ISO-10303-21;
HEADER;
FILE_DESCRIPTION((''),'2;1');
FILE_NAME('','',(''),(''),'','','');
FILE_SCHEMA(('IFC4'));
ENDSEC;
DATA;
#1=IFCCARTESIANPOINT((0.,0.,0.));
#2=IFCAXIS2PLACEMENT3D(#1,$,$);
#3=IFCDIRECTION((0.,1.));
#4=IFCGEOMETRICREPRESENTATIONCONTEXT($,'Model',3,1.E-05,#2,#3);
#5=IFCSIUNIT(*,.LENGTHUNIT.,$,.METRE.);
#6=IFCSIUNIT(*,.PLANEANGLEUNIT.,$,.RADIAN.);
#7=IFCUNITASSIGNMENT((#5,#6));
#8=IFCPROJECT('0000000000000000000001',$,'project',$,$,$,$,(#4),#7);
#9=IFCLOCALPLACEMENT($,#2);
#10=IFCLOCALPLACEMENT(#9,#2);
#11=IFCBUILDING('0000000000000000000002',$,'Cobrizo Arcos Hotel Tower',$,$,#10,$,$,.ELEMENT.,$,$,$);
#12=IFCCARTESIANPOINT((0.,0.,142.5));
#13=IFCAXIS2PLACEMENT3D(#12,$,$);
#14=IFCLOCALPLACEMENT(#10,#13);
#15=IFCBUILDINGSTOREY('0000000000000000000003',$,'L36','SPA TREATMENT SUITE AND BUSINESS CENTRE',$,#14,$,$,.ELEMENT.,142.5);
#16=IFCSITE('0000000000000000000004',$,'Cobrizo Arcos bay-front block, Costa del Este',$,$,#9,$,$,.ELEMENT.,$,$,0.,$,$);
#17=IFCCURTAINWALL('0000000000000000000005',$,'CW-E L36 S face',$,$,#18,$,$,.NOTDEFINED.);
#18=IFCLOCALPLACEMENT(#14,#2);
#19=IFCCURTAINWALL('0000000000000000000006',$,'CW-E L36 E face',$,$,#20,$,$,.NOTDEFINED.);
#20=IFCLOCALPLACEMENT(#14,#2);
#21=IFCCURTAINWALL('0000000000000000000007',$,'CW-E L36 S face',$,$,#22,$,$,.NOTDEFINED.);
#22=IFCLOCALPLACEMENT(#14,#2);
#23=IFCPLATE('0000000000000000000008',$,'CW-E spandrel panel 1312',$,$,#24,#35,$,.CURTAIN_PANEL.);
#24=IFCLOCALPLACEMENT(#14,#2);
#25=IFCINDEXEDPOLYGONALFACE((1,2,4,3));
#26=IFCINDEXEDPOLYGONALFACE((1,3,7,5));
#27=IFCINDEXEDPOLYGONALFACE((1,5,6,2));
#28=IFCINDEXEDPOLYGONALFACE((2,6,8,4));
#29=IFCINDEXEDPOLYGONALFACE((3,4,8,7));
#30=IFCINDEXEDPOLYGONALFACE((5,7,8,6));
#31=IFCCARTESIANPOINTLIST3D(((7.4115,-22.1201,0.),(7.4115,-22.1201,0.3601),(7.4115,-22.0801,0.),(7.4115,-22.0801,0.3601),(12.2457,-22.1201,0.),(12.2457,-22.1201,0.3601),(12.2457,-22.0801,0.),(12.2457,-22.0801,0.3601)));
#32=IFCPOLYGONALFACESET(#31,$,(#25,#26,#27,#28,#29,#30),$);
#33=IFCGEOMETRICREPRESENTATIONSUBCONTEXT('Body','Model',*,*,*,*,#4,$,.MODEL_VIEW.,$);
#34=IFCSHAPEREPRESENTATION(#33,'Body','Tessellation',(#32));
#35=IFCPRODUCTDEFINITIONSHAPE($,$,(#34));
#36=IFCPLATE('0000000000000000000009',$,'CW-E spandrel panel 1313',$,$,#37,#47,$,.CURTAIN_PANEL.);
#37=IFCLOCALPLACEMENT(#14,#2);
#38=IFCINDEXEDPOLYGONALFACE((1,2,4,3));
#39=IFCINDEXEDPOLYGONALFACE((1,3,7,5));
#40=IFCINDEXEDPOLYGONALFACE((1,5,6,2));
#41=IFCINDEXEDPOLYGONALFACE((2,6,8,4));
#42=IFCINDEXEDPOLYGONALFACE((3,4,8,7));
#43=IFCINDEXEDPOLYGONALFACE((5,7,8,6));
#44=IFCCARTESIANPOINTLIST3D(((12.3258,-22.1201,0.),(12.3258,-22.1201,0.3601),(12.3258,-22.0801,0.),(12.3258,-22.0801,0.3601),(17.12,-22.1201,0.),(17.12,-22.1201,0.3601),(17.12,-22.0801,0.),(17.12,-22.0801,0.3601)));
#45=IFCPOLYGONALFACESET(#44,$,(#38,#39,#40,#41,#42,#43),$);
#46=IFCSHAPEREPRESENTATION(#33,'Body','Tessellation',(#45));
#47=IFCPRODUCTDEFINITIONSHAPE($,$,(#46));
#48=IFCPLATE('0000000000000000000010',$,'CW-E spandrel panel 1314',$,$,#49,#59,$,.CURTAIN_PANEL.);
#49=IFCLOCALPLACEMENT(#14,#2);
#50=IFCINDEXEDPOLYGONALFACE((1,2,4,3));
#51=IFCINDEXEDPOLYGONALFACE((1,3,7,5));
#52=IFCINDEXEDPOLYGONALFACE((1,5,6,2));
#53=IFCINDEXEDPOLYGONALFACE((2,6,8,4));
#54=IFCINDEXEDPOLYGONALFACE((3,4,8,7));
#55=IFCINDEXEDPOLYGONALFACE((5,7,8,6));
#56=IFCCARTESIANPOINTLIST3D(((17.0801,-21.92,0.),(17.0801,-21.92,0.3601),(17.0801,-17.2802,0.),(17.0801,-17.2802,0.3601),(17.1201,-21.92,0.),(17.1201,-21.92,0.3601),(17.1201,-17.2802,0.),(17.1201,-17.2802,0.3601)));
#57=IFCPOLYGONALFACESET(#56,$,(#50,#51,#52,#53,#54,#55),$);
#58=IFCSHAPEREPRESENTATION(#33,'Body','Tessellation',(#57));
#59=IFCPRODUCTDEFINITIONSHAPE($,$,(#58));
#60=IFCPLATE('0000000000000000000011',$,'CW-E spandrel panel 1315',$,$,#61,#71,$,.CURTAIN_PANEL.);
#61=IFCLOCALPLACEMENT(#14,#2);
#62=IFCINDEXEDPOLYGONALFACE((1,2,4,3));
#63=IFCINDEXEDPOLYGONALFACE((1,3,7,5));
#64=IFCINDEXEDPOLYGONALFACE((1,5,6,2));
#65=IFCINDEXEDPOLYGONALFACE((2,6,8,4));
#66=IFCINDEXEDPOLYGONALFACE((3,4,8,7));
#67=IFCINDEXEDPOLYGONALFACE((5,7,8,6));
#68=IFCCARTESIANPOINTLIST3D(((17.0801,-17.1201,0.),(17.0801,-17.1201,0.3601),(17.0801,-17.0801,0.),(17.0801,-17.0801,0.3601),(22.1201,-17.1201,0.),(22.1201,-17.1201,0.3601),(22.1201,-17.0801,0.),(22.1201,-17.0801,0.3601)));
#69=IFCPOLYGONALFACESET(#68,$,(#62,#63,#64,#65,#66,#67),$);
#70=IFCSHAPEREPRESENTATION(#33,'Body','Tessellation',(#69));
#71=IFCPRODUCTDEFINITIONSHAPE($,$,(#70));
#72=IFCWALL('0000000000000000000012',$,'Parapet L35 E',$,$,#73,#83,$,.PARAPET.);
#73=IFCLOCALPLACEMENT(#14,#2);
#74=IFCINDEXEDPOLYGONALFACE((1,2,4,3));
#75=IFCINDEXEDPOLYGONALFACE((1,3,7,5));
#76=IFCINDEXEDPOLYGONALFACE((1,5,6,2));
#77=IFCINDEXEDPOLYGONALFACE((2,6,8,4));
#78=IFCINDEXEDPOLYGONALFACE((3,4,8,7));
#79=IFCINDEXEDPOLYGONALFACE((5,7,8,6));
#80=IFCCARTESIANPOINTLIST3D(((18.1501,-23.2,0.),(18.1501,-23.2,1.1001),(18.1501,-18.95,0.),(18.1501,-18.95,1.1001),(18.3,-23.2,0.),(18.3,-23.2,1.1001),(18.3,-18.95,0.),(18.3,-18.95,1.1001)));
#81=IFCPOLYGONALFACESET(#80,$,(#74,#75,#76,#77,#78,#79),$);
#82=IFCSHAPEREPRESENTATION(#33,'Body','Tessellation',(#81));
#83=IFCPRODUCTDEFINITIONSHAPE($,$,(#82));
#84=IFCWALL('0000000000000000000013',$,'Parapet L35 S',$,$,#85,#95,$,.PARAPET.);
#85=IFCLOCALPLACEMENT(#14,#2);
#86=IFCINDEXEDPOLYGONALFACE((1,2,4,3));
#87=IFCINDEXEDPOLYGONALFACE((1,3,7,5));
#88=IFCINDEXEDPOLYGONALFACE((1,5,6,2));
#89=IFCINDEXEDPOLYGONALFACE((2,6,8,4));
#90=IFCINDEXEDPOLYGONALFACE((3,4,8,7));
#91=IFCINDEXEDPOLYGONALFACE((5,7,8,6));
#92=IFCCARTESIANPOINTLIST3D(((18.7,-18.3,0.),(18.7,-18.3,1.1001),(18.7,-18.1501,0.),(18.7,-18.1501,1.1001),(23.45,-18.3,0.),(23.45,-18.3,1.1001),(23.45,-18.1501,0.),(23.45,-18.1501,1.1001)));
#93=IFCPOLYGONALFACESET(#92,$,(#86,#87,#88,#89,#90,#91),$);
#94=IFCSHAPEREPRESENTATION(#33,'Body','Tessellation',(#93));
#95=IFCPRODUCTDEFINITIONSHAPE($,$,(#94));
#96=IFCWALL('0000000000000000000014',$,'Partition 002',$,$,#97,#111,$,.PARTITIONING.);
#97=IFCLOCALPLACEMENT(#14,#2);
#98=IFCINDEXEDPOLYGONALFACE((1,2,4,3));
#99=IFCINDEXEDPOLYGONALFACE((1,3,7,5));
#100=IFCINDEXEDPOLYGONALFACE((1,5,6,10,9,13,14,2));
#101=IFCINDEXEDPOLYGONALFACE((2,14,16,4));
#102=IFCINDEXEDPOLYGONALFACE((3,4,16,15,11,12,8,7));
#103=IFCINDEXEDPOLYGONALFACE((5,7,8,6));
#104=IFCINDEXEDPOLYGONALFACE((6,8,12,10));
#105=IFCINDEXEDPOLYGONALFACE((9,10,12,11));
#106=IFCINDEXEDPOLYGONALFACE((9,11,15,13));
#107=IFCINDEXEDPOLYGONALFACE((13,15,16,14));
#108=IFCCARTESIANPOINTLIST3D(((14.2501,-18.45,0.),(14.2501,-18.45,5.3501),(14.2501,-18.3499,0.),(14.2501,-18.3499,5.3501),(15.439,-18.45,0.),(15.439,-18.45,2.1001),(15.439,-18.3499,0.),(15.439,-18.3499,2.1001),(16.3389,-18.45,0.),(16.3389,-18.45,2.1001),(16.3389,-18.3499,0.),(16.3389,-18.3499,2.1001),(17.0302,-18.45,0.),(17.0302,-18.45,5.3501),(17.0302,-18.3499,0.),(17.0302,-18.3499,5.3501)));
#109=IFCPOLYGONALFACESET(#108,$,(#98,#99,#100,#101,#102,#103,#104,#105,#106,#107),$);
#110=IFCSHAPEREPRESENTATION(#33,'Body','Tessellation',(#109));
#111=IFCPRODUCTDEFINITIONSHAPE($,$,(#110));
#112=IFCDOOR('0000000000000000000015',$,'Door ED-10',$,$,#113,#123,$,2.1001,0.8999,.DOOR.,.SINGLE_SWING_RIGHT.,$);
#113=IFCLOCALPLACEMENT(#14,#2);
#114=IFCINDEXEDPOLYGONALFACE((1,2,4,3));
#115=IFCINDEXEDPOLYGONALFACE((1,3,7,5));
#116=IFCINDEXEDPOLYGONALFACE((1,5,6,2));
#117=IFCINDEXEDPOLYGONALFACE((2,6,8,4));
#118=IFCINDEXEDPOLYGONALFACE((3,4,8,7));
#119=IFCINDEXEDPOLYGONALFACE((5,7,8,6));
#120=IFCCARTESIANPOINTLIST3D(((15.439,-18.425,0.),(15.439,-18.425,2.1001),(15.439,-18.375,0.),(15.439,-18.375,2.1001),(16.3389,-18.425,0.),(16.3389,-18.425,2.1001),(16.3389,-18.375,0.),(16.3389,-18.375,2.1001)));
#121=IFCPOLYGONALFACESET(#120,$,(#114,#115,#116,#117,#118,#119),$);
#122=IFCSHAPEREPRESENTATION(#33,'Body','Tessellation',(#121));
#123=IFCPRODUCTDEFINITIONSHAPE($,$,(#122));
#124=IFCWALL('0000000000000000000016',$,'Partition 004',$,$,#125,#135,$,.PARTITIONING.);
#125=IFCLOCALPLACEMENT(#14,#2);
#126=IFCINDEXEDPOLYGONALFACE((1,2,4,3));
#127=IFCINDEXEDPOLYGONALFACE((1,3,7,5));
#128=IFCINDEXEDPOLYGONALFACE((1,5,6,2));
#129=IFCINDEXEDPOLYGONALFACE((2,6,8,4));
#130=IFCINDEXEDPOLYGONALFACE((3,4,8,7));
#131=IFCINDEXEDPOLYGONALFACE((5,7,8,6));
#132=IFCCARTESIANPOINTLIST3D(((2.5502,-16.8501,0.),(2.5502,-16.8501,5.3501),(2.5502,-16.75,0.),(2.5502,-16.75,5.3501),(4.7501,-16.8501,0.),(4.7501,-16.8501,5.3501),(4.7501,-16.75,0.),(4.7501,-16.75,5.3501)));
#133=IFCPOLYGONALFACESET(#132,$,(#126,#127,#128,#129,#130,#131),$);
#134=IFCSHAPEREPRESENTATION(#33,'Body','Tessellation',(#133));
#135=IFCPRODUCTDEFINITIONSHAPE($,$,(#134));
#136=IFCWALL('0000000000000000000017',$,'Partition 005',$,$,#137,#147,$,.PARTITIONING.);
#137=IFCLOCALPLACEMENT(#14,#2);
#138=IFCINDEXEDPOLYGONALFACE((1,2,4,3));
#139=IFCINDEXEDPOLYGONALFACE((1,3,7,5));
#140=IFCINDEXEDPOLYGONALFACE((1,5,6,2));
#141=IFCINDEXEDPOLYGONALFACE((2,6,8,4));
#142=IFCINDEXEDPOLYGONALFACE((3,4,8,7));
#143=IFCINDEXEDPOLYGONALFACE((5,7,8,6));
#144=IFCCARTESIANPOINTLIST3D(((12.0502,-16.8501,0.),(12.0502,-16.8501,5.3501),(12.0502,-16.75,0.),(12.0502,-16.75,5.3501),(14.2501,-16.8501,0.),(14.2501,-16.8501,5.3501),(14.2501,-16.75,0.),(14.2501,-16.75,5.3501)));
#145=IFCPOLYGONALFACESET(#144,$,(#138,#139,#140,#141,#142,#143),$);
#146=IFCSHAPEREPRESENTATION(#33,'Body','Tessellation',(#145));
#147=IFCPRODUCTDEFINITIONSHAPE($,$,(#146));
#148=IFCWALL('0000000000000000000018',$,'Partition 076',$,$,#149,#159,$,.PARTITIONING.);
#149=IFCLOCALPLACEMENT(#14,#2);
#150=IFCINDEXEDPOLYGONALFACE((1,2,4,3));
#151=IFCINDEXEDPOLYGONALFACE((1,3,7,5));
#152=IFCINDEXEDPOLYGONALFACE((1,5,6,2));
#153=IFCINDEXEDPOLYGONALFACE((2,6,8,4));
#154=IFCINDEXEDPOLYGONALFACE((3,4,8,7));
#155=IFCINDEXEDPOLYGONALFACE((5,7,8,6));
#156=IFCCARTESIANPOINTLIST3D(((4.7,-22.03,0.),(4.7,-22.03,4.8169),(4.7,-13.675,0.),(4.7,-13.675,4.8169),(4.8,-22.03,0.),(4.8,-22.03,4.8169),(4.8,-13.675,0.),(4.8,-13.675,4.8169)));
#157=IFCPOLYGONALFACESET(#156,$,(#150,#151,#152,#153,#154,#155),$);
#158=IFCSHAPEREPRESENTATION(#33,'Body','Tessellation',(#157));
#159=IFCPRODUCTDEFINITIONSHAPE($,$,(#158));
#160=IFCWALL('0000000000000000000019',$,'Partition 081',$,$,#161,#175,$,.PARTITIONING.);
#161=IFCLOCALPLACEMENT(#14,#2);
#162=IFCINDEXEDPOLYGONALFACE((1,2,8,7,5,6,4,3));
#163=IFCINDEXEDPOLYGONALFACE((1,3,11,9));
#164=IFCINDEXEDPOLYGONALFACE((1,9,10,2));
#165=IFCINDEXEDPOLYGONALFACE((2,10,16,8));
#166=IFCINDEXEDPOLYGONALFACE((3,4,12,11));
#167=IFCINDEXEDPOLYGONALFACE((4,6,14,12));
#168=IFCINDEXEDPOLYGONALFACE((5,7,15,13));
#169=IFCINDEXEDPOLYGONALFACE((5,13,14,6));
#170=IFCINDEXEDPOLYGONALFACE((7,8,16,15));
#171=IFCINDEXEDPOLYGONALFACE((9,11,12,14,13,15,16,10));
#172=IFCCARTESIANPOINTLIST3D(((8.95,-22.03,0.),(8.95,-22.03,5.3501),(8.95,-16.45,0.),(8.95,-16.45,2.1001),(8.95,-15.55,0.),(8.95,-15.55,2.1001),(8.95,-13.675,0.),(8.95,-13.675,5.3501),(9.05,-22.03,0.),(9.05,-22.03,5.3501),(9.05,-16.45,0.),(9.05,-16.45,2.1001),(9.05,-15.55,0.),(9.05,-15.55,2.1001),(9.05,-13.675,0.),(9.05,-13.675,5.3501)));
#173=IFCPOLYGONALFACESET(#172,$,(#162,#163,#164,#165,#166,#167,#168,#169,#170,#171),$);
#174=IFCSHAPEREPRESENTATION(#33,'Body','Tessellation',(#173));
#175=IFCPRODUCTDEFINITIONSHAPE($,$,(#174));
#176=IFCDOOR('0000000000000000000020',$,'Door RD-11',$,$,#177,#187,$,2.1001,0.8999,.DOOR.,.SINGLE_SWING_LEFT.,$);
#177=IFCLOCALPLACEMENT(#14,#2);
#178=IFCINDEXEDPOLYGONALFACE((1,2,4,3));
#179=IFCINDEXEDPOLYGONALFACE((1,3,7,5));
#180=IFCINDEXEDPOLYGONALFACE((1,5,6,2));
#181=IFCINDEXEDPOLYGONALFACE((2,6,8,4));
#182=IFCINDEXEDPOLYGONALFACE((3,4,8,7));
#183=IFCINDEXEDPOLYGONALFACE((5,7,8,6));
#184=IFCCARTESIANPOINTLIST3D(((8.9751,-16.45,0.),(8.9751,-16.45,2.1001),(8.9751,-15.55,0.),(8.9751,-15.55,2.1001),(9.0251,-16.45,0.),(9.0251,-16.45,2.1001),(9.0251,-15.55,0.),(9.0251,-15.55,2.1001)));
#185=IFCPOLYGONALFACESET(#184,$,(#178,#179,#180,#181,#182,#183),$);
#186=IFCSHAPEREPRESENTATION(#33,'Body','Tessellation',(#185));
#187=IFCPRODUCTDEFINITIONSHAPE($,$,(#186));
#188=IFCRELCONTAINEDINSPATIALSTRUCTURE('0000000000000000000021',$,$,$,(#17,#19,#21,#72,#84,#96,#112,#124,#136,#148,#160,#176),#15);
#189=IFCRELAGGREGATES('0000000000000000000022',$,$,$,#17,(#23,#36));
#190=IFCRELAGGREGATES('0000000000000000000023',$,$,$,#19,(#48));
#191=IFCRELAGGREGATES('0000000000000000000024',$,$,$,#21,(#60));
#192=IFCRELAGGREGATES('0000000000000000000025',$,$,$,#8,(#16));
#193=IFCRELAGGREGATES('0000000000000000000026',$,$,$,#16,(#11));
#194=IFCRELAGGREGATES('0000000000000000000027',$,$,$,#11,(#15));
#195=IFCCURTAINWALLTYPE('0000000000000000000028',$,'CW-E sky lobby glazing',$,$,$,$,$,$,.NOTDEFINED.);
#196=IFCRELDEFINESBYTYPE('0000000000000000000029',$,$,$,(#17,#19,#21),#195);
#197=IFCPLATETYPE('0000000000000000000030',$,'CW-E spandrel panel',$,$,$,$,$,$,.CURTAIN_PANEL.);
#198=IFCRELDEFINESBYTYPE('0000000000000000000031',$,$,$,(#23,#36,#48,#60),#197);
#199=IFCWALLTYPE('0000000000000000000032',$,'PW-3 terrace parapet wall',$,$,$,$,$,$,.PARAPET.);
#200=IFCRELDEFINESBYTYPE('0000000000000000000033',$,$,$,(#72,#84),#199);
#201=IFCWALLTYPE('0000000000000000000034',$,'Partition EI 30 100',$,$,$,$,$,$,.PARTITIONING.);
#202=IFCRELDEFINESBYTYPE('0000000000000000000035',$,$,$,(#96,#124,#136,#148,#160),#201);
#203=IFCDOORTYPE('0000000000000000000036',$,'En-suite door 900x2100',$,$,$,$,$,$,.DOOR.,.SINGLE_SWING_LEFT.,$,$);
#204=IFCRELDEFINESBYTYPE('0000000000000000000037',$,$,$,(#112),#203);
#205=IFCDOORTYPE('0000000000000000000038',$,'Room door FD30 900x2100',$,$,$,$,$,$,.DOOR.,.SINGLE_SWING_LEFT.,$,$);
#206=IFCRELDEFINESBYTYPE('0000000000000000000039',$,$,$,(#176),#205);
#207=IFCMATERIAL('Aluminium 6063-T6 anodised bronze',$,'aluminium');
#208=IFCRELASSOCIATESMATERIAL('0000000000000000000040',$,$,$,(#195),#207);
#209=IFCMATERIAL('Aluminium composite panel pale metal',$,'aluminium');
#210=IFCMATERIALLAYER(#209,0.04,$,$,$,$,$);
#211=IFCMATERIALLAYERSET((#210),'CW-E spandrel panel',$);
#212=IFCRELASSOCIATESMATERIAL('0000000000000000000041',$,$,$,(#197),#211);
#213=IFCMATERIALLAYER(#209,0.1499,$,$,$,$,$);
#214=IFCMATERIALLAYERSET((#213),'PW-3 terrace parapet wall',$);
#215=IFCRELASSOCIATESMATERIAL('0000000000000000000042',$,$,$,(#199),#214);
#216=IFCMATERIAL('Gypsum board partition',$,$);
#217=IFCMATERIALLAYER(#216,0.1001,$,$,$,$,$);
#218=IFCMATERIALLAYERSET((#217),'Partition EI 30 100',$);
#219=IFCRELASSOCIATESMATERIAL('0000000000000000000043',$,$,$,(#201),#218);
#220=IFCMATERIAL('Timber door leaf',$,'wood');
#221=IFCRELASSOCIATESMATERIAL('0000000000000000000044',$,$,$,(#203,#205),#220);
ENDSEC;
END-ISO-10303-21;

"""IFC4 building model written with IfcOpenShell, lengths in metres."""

from ifc_helpers import new_model, si_unit, direction, frame, frame_2d, origin, origin_2d, place, context, subcontext, project, spatial, rectangle, extrude, material, layer, layer_set, type_object, element, fill, aggregate, save


model = new_model("IFC4")

# Units and contexts
model_context = context("Model", 3, precision=1e-05, world=origin(), true_north=direction((0.0, 1.0)))
body_context = subcontext(model_context, "Body", "Model", "MODEL_VIEW")
ifc_project = project(units=[si_unit("LENGTHUNIT", "METRE"), si_unit("PLANEANGLEUNIT", "RADIAN")], contexts=[model_context])

# Site, building, storey
site_placement = place(None, origin())
site = spatial("IfcSite", under=ifc_project, at=site_placement, Name="Cobrizo Arcos bay-front block, Costa del Este", CompositionType="ELEMENT", RefElevation=0.0)
building_placement = place(site_placement, origin())
building = spatial("IfcBuilding", under=site, at=building_placement, Name="Cobrizo Arcos Hotel Tower", CompositionType="ELEMENT")
storey_placement = place(building_placement, frame((0.0, 0.0, 142.5)))
storey = spatial("IfcBuildingStorey", under=building, at=storey_placement, Name="L36", Description="SPA TREATMENT SUITE AND BUSINESS CENTRE", CompositionType="ELEMENT", Elevation=142.5)

# Curtain walls
ifc_material_1 = material(Name="Aluminium 6063-T6 anodised bronze", Category="aluminium")
curtain_wall_type = type_object("IfcCurtainWallType", Name="CW-E sky lobby glazing", PredefinedType="NOTDEFINED", material=ifc_material_1)
curtain_wall_1_placement = place(storey_placement, origin())
curtain_wall_1 = element("IfcCurtainWall", 1, at=curtain_wall_1_placement, inside=storey, type_object=curtain_wall_type, Name="CW-E L36 S face", PredefinedType="NOTDEFINED")
curtain_wall_2_placement = place(storey_placement, origin())
curtain_wall_2 = element("IfcCurtainWall", 2, at=curtain_wall_2_placement, inside=storey, type_object=curtain_wall_type, Name="CW-E L36 E face", PredefinedType="NOTDEFINED")

# Curtain wall
curtain_wall_3_placement = place(storey_placement, origin())
curtain_wall_3 = element("IfcCurtainWall", 3, at=curtain_wall_3_placement, inside=storey, type_object=curtain_wall_type, Name="CW-E L36 S face", PredefinedType="NOTDEFINED")

# Plates
ifc_material_2 = material(Name="Aluminium composite panel pale metal", Category="aluminium")
ifc_layer_1 = layer(ifc_material_2, 0.04)
ifc_layer_set_1 = layer_set([ifc_layer_1], Name="CW-E spandrel panel")
plate_type = type_object("IfcPlateType", Name="CW-E spandrel panel", PredefinedType="CURTAIN_PANEL", material=ifc_layer_set_1)
plate_1_placement = place(storey_placement, frame((9.8286, -22.1001, 0.0), z_axis=(0.0, 0.0, 1.0), x_axis=(1.0, 0.0, 0.0)))
plate_1 = element("IfcPlate", 4, at=plate_1_placement, type_object=plate_type, Name="CW-E spandrel panel 1312", PredefinedType="CURTAIN_PANEL", context=body_context, shape_type="SweptSolid", body=[
    extrude(rectangle(XDim=4.8342, YDim=0.04, at=origin_2d()), origin(), (0.0, 0.0, 1.0), 0.3601),
])
plate_2_placement = place(storey_placement, frame((14.7229, -22.1001, 0.0), z_axis=(0.0, 0.0, 1.0), x_axis=(1.0, 0.0, 0.0)))
plate_2 = element("IfcPlate", 5, at=plate_2_placement, type_object=plate_type, Name="CW-E spandrel panel 1313", PredefinedType="CURTAIN_PANEL", context=body_context, shape_type="SweptSolid", body=[
    extrude(rectangle(XDim=4.7942, YDim=0.04, at=origin_2d()), origin(), (0.0, 0.0, 1.0), 0.3601),
])
aggregate(curtain_wall_1, [plate_1, plate_2])
plate_3_placement = place(storey_placement, frame((17.1001, -19.6001, 0.0), z_axis=(0.0, 0.0, 1.0), x_axis=(0.0, 1.0, 0.0)))
plate_3 = element("IfcPlate", 6, at=plate_3_placement, type_object=plate_type, Name="CW-E spandrel panel 1314", PredefinedType="CURTAIN_PANEL", context=body_context, shape_type="SweptSolid", body=[
    extrude(rectangle(XDim=4.6399, YDim=0.04, at=origin_2d()), origin(), (0.0, 0.0, 1.0), 0.3601),
])
aggregate(curtain_wall_2, [plate_3])
plate_4_placement = place(storey_placement, frame((19.6001, -17.1001, 0.0), z_axis=(0.0, 0.0, 1.0), x_axis=(1.0, 0.0, 0.0)))
plate_4 = element("IfcPlate", 7, at=plate_4_placement, type_object=plate_type, Name="CW-E spandrel panel 1315", PredefinedType="CURTAIN_PANEL", context=body_context, shape_type="SweptSolid", body=[
    extrude(rectangle(XDim=5.04, YDim=0.04, at=origin_2d()), origin(), (0.0, 0.0, 1.0), 0.3601),
])
aggregate(curtain_wall_3, [plate_4])

# Walls
ifc_layer_2 = layer(ifc_material_2, 0.1499)
ifc_layer_set_2 = layer_set([ifc_layer_2], Name="PW-3 terrace parapet wall")
wall_type_1 = type_object("IfcWallType", Name="PW-3 terrace parapet wall", PredefinedType="PARAPET", material=ifc_layer_set_2)
wall_1_placement = place(storey_placement, frame((18.2251, -23.2, 0.0), z_axis=(0.0, 0.0, 1.0), x_axis=(0.0, 1.0, 0.0)))
element("IfcWall", 8, at=wall_1_placement, inside=storey, type_object=wall_type_1, Name="Parapet L35 E", PredefinedType="PARAPET", context=body_context, shape_type="SweptSolid", body=[
    extrude(rectangle(XDim=4.25, YDim=0.1499, at=frame_2d((2.125, 0.0))), origin(), (0.0, 0.0, 1.0), 1.1001),
])
wall_2_placement = place(storey_placement, frame((18.7, -18.2251, 0.0), z_axis=(0.0, 0.0, 1.0), x_axis=(1.0, 0.0, 0.0)))
element("IfcWall", 9, at=wall_2_placement, inside=storey, type_object=wall_type_1, Name="Parapet L35 S", PredefinedType="PARAPET", context=body_context, shape_type="SweptSolid", body=[
    extrude(rectangle(XDim=4.75, YDim=0.1499, at=frame_2d((2.375, 0.0))), origin(), (0.0, 0.0, 1.0), 1.1001),
])

# Wall, opening, door
ifc_material_3 = material(Name="Gypsum board partition")
ifc_layer_3 = layer(ifc_material_3, 0.1001)
ifc_layer_set_3 = layer_set([ifc_layer_3], Name="Partition EI 30 100")
wall_type_2 = type_object("IfcWallType", Name="Partition EI 30 100", PredefinedType="PARTITIONING", material=ifc_layer_set_3)
wall_3_placement = place(storey_placement, frame((14.25, -18.3999, 0.0), z_axis=(0.0, 0.0, 1.0), x_axis=(1.0, 0.0, 0.0)))
wall_3 = element("IfcWall", 10, at=wall_3_placement, inside=storey, type_object=wall_type_2, Name="Partition 002", PredefinedType="PARTITIONING", context=body_context, shape_type="SweptSolid", body=[
    extrude(rectangle(XDim=2.78, YDim=0.1001, at=frame_2d((1.3901, 0.0))), origin(), (0.0, 0.0, 1.0), 5.3501),
])
opening_1_placement = place(wall_3_placement, frame((1.189, 0.0, 0.0)))
opening_1 = element("IfcOpeningElement", 11, at=opening_1_placement, cuts=wall_3, PredefinedType="OPENING", context=body_context, shape_type="SweptSolid", body=[
    extrude(rectangle(XDim=0.8999, YDim=2.1001, at=frame_2d((0.45, 1.05))), frame((0.0, 0.062, 0.0), z_axis=(0.0, -1.0, 0.0), x_axis=(1.0, 0.0, 0.0)), (0.0, 0.0, 1.0), 0.124),
])
ifc_material_4 = material(Name="Timber door leaf", Category="wood")
door_type_1 = type_object("IfcDoorType", Name="En-suite door 900x2100", OperationType="SINGLE_SWING_LEFT", PredefinedType="DOOR", material=ifc_material_4)
door_1_placement = place(opening_1_placement, origin())
door_1 = element("IfcDoor", 12, at=door_1_placement, inside=storey, type_object=door_type_1, Name="Door ED-10", OperationType="SINGLE_SWING_RIGHT", OverallHeight=2.1001, OverallWidth=0.8999, PredefinedType="DOOR", context=body_context, shape_type="SweptSolid", body=[
    extrude(rectangle(XDim=0.8999, YDim=2.1001, at=frame_2d((0.45, 1.05))), frame((0.0, 0.0249, 0.0), z_axis=(0.0, -1.0, 0.0), x_axis=(1.0, 0.0, 0.0)), (0.0, 0.0, 1.0), 0.05),
])
fill(opening_1, door_1)

# Walls
for number, where, z_axis, x_axis, name in (
    (13, (2.55, -16.8, 0.0), (0.0, 0.0, 1.0), (1.0, 0.0, 0.0), "Partition 004"),
    (14, (12.05, -16.8, 0.0), (0.0, 0.0, 1.0), (1.0, 0.0, 0.0), "Partition 005"),
):
    element("IfcWall", number, at=place(storey_placement, frame(where, z_axis=z_axis, x_axis=x_axis)), inside=storey, type_object=wall_type_2, Name=name, PredefinedType="PARTITIONING", context=body_context, shape_type="SweptSolid", body=[
        extrude(rectangle(XDim=2.2, YDim=0.1001, at=frame_2d((1.1001, 0.0))), origin(), (0.0, 0.0, 1.0), 5.3501),
    ])
wall_4_placement = place(storey_placement, frame((4.75, -22.03, 0.0), z_axis=(0.0, 0.0, 1.0), x_axis=(0.0, 1.0, 0.0)))
element("IfcWall", 15, at=wall_4_placement, inside=storey, type_object=wall_type_2, Name="Partition 076", PredefinedType="PARTITIONING", context=body_context, shape_type="SweptSolid", body=[
    extrude(rectangle(XDim=8.355, YDim=0.1001, at=frame_2d((4.1775, 0.0))), origin(), (0.0, 0.0, 1.0), 4.8169),
])

# Wall, opening, door
wall_5_placement = place(storey_placement, frame((9.0, -22.03, 0.0), z_axis=(0.0, 0.0, 1.0), x_axis=(0.0, 1.0, 0.0)))
wall_5 = element("IfcWall", 16, at=wall_5_placement, inside=storey, type_object=wall_type_2, Name="Partition 081", PredefinedType="PARTITIONING", context=body_context, shape_type="SweptSolid", body=[
    extrude(rectangle(XDim=8.355, YDim=0.1001, at=frame_2d((4.1775, 0.0))), origin(), (0.0, 0.0, 1.0), 5.3501),
])
opening_2_placement = place(wall_5_placement, frame((5.5801, 0.0, 0.0)))
opening_2 = element("IfcOpeningElement", 17, at=opening_2_placement, cuts=wall_5, PredefinedType="OPENING", context=body_context, shape_type="SweptSolid", body=[
    extrude(rectangle(XDim=0.8999, YDim=2.1001, at=frame_2d((0.45, 1.05))), frame((0.0, 0.062, 0.0), z_axis=(0.0, -1.0, 0.0), x_axis=(1.0, 0.0, 0.0)), (0.0, 0.0, 1.0), 0.124),
])
door_type_2 = type_object("IfcDoorType", Name="Room door FD30 900x2100", OperationType="SINGLE_SWING_LEFT", PredefinedType="DOOR", material=ifc_material_4)
door_2_placement = place(opening_2_placement, origin())
door_2 = element("IfcDoor", 18, at=door_2_placement, inside=storey, type_object=door_type_2, Name="Door RD-11", OperationType="SINGLE_SWING_LEFT", OverallHeight=2.1001, OverallWidth=0.8999, PredefinedType="DOOR", context=body_context, shape_type="SweptSolid", body=[
    extrude(rectangle(XDim=0.8999, YDim=2.1001, at=frame_2d((0.45, 1.05))), frame((0.0, 0.0249, 0.0), z_axis=(0.0, -1.0, 0.0), x_axis=(1.0, 0.0, 0.0)), (0.0, 0.0, 1.0), 0.05),
])
fill(opening_2, door_2)

save(model, "model.ifc")
